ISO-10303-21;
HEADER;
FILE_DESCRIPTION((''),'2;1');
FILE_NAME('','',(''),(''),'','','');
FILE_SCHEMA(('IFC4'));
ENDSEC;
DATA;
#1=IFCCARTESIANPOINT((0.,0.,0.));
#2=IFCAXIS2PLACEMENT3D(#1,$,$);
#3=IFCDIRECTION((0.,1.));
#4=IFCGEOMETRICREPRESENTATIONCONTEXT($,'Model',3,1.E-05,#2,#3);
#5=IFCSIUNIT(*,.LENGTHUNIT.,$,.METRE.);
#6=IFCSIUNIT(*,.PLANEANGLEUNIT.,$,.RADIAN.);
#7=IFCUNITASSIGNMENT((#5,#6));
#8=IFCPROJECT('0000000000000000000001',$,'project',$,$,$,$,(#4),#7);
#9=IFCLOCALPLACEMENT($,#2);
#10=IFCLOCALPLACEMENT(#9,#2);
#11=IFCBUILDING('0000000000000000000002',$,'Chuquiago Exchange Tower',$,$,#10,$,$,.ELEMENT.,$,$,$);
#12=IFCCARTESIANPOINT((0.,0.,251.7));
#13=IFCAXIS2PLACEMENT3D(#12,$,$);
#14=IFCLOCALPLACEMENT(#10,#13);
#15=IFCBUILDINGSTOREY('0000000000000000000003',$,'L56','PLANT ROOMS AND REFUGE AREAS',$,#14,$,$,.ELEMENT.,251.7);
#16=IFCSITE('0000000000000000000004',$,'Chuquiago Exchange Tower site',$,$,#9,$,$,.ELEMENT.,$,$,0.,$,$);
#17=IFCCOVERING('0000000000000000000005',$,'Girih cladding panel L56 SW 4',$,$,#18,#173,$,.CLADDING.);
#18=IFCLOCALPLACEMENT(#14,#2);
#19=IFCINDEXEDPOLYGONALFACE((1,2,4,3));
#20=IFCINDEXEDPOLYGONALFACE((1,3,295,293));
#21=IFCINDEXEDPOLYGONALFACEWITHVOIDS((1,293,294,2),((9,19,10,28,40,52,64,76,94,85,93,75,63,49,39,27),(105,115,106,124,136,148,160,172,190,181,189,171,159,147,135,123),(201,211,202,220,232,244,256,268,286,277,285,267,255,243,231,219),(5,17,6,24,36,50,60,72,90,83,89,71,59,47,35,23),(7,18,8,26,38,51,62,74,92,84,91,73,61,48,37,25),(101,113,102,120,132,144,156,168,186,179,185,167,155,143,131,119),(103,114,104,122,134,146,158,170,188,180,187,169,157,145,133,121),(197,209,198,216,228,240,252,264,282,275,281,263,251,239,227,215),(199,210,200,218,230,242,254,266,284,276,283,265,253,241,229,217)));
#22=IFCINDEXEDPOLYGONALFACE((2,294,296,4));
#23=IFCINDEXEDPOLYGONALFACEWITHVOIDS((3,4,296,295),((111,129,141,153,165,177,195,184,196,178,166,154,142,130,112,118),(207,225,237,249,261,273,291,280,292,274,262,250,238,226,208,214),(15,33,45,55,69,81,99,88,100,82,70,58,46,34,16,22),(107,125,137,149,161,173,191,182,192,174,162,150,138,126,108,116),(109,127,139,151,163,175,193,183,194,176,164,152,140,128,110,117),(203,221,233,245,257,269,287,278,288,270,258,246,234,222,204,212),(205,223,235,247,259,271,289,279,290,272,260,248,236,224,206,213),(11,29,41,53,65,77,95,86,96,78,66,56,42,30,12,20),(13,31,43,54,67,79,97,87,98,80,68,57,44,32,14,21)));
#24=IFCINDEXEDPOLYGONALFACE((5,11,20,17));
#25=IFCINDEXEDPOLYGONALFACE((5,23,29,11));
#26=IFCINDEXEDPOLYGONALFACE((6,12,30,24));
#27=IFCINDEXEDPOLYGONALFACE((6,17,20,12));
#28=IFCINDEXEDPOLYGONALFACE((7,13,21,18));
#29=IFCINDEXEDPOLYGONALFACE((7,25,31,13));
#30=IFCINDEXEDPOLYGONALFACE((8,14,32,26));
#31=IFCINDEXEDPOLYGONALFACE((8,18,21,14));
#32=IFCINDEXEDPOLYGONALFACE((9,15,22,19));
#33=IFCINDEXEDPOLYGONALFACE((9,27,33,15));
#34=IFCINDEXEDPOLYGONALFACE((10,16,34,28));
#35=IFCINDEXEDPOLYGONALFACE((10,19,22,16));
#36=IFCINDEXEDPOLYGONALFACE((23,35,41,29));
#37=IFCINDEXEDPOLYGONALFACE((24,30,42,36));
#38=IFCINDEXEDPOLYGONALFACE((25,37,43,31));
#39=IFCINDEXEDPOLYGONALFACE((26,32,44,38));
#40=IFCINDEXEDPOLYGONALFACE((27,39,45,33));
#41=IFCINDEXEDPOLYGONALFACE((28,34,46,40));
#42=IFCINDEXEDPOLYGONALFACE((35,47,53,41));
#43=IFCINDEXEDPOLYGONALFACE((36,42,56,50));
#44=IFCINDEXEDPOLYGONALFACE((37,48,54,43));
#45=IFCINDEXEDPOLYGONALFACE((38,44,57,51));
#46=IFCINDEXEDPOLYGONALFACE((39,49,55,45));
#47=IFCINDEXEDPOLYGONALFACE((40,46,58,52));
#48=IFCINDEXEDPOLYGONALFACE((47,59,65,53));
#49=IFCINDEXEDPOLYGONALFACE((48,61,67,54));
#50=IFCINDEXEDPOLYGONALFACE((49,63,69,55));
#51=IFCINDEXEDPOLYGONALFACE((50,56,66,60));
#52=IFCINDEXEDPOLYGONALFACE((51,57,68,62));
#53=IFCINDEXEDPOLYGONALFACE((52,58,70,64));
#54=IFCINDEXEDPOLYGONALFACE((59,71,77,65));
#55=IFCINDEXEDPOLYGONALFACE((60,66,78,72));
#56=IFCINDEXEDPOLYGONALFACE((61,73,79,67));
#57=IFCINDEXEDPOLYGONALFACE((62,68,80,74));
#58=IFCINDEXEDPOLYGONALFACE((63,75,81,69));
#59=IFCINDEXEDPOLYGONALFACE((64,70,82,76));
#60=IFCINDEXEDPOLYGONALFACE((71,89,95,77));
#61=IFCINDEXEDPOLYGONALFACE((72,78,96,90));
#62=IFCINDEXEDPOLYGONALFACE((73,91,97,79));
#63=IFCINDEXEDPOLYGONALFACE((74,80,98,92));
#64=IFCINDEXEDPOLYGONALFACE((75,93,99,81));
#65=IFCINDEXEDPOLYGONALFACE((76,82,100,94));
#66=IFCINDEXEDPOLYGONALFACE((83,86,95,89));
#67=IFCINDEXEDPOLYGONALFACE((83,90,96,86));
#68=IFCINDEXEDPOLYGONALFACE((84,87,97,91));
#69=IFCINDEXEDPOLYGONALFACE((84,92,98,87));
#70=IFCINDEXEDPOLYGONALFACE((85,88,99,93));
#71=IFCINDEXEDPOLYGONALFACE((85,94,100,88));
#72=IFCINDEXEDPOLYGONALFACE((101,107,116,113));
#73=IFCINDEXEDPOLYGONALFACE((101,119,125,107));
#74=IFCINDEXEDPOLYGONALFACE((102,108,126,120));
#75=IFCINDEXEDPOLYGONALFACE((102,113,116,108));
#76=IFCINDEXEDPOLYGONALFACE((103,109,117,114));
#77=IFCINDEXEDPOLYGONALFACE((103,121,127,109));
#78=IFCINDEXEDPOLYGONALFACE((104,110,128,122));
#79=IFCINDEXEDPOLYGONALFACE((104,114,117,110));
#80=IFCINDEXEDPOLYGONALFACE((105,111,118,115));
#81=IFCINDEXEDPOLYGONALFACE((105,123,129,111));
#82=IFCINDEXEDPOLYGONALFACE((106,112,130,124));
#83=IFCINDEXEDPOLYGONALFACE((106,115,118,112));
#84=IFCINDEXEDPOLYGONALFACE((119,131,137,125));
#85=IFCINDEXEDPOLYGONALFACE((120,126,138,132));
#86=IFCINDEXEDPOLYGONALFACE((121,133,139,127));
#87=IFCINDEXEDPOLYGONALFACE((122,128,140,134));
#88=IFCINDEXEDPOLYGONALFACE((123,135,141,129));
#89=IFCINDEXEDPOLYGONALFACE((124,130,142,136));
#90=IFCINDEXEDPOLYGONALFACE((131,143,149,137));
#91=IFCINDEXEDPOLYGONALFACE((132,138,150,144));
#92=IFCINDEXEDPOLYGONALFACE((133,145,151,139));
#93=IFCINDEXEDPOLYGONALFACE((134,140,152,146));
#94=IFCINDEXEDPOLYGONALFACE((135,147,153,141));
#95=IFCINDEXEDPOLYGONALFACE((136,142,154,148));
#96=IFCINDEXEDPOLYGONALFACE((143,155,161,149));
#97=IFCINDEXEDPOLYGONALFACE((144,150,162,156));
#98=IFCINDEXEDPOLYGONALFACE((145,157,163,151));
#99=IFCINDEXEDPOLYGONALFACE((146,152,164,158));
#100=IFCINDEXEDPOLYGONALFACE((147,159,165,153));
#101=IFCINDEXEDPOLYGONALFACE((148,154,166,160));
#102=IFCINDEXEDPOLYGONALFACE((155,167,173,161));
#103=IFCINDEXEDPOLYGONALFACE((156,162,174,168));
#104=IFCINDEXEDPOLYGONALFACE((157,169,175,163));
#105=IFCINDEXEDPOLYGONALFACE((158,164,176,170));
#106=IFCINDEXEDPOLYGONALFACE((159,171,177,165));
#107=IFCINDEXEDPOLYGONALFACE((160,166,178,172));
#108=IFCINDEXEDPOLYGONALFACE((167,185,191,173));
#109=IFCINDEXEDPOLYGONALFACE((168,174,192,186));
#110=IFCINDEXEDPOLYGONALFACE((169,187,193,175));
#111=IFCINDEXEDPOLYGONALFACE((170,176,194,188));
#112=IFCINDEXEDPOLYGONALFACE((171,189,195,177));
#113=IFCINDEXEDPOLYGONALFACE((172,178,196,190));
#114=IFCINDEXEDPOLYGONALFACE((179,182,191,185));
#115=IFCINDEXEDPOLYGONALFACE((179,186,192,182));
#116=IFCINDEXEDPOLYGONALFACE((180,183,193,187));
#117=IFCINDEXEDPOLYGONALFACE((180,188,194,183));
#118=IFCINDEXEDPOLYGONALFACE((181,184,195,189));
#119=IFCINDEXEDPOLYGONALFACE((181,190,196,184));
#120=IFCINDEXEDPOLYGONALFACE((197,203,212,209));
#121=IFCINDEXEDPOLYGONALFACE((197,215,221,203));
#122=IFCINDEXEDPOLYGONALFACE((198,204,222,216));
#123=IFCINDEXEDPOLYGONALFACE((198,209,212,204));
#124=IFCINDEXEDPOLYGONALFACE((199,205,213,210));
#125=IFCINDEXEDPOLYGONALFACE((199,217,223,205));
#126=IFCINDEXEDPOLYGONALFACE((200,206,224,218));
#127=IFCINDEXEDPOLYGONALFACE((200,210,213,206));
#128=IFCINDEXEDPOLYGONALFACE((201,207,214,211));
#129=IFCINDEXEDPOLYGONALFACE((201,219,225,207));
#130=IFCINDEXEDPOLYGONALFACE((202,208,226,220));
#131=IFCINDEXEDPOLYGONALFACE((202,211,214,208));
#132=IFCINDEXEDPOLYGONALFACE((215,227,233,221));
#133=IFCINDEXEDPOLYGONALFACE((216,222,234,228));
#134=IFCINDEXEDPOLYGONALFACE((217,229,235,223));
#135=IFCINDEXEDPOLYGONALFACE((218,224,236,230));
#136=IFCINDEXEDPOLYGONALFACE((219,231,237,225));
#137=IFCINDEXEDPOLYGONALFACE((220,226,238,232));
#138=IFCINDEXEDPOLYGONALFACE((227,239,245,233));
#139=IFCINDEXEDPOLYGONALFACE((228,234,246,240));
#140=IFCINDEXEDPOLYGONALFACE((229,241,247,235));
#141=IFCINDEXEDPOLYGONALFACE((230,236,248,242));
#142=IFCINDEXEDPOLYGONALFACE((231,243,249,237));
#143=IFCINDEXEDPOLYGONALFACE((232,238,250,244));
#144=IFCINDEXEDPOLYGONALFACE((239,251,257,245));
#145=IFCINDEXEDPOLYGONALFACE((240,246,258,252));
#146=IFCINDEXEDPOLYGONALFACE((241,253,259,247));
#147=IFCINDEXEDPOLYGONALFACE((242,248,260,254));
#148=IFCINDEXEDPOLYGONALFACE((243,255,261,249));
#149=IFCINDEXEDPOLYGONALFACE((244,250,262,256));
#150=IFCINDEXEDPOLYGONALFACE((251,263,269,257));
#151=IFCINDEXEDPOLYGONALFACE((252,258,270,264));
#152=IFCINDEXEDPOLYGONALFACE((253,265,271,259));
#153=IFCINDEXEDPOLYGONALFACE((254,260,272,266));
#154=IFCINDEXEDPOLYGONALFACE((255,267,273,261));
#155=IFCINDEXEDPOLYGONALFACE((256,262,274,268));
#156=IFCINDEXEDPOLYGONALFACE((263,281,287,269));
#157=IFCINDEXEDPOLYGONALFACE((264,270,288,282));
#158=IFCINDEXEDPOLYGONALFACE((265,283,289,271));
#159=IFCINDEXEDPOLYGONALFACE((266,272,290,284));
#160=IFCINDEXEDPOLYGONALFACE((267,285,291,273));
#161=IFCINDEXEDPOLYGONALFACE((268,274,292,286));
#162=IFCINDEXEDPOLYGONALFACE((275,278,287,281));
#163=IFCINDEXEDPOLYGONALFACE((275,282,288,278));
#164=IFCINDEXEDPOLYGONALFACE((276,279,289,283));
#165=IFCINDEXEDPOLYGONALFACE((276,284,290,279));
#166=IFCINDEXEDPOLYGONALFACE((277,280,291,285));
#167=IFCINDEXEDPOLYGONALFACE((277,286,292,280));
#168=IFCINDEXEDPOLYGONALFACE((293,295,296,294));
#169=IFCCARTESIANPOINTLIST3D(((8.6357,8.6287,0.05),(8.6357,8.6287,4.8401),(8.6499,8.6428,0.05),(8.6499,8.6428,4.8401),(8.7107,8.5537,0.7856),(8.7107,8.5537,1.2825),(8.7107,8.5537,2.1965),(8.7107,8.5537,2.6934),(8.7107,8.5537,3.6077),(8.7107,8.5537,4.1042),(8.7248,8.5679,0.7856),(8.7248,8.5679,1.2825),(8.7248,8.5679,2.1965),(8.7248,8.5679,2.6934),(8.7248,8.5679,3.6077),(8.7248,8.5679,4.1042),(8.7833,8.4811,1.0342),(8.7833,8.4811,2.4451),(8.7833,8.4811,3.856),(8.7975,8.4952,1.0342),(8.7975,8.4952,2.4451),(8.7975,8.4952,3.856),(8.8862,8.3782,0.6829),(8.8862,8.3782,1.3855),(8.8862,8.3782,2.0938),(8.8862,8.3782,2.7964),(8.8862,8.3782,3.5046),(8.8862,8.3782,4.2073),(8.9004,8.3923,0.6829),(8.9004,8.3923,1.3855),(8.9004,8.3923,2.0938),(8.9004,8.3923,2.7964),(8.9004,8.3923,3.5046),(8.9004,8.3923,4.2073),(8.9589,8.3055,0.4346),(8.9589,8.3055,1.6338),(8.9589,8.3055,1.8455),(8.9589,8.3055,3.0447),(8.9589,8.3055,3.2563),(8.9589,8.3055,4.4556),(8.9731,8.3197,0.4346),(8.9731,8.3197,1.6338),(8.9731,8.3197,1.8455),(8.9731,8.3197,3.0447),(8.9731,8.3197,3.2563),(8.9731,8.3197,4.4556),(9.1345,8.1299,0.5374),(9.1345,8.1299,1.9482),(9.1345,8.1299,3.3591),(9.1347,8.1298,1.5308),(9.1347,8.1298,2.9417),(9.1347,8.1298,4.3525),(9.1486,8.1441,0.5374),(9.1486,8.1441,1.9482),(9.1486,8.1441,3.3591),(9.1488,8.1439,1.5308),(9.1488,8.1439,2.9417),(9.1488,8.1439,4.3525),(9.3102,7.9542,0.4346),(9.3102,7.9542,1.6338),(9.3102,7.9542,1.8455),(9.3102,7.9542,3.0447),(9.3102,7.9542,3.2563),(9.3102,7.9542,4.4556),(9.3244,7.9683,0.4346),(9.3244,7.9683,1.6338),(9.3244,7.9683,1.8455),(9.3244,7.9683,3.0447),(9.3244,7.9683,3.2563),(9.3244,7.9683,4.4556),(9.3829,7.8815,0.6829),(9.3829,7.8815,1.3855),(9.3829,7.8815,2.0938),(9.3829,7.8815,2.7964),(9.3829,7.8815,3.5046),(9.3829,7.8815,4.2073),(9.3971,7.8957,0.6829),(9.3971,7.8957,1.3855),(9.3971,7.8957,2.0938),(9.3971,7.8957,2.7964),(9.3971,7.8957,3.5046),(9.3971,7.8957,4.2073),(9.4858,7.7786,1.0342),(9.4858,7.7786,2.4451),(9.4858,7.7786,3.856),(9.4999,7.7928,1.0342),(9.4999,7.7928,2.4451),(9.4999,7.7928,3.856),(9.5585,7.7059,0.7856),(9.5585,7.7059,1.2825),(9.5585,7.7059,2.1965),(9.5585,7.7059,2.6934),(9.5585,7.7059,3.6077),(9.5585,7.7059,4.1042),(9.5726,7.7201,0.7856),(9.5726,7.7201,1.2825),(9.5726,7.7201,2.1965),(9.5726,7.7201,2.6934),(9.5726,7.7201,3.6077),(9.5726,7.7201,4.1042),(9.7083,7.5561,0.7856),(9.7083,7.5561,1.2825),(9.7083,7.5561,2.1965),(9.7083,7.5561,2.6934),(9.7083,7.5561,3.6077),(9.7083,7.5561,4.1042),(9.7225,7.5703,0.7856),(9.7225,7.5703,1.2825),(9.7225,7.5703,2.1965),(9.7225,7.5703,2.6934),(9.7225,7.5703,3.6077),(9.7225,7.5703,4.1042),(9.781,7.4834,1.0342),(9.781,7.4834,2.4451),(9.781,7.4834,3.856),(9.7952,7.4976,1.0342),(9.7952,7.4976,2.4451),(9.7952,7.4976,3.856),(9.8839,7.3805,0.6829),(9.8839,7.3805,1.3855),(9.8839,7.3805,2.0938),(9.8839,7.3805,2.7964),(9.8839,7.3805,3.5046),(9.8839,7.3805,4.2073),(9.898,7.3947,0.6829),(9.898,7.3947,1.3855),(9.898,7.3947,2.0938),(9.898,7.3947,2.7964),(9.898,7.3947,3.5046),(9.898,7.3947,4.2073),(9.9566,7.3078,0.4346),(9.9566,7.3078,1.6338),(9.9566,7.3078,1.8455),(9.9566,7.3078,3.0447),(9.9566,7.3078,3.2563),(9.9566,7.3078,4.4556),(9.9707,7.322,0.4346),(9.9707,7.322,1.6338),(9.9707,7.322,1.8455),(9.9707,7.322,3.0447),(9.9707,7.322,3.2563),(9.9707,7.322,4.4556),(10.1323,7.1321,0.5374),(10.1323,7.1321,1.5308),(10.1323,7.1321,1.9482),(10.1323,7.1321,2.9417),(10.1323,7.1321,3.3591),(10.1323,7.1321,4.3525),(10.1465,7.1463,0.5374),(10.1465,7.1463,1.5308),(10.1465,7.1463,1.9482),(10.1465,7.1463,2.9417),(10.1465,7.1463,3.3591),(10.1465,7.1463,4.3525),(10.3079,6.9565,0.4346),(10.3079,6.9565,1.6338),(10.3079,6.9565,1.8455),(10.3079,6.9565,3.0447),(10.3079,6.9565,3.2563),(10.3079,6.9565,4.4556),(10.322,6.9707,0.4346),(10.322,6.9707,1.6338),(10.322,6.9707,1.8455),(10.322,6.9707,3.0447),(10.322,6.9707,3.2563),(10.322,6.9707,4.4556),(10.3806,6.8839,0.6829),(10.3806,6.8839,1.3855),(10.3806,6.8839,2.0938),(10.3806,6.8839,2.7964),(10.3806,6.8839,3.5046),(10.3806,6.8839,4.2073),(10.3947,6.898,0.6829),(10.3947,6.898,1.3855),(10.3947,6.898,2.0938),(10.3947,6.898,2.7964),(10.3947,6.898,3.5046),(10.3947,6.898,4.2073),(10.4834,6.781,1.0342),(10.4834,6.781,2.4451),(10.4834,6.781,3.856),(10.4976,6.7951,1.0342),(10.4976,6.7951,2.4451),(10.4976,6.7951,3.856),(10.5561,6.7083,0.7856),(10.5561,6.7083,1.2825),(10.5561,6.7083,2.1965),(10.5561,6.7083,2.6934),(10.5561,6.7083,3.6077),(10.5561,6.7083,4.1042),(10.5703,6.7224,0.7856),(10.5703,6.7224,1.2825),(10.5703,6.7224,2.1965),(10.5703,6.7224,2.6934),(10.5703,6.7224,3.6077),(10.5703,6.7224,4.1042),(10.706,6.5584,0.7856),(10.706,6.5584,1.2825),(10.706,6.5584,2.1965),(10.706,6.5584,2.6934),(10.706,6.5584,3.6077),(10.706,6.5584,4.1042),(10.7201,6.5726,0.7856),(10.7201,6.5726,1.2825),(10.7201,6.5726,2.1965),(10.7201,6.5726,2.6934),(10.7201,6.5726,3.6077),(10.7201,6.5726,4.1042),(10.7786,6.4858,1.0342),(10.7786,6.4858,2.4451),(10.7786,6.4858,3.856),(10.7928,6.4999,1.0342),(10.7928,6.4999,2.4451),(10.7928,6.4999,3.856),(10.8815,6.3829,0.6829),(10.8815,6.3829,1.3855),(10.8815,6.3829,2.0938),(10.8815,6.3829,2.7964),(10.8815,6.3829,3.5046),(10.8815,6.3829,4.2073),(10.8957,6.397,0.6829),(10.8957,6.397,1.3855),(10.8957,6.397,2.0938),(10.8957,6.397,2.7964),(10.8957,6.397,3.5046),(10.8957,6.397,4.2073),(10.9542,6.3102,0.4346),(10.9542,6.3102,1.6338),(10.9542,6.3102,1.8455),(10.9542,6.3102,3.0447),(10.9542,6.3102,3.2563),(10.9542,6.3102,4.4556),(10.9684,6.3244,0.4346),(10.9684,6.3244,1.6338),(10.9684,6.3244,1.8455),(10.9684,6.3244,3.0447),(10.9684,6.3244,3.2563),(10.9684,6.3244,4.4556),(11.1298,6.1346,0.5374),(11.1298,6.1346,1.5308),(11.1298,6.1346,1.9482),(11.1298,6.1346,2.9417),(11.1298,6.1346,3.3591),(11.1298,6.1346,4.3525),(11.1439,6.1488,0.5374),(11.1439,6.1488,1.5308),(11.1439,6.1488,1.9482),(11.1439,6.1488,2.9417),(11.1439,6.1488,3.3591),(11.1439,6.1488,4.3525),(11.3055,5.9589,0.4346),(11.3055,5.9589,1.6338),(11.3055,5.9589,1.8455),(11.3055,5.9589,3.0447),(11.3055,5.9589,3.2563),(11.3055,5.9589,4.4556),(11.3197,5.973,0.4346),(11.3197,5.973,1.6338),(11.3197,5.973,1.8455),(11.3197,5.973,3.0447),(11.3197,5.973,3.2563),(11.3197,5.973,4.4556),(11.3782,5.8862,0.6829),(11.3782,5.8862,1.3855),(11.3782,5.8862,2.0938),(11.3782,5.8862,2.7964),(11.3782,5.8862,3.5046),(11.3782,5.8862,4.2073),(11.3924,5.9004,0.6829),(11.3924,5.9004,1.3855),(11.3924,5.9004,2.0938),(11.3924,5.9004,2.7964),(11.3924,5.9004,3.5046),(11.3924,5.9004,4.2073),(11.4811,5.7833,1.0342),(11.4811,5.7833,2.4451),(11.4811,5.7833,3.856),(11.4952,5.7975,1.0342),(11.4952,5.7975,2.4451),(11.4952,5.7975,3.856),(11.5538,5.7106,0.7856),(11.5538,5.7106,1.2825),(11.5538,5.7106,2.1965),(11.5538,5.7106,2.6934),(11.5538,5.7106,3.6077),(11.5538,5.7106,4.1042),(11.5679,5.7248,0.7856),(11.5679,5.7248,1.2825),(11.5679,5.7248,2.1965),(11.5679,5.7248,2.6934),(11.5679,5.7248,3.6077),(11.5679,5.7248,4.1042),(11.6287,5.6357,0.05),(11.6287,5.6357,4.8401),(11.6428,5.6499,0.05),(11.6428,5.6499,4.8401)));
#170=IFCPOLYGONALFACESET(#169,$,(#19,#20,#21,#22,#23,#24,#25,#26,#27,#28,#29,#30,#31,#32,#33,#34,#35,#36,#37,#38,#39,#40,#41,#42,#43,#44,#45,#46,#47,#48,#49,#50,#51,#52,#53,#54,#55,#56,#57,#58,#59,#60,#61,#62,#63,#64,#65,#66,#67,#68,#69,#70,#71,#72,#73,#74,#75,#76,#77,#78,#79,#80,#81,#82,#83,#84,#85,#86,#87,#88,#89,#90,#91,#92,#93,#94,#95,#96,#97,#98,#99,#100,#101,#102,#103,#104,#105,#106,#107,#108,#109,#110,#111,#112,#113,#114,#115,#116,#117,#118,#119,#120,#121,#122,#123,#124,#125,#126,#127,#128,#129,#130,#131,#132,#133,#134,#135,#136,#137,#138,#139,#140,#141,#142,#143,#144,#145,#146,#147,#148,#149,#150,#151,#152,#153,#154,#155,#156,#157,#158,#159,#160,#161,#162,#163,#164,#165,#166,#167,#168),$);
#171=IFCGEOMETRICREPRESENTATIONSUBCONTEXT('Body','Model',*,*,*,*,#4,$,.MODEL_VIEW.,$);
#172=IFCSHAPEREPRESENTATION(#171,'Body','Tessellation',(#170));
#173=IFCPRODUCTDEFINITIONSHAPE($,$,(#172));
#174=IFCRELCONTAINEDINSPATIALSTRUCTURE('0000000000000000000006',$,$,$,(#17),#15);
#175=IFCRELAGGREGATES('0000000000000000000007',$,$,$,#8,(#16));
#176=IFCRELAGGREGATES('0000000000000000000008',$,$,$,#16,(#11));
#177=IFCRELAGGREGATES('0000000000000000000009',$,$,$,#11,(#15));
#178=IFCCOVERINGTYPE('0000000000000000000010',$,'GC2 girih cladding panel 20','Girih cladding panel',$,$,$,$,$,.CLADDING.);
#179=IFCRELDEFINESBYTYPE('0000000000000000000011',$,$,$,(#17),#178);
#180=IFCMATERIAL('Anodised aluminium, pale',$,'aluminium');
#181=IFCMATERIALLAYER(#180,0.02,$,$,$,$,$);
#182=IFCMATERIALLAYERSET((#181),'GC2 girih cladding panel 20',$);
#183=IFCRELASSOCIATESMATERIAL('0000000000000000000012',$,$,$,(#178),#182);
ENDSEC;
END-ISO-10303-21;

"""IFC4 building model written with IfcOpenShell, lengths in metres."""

from ifc_helpers import new_model, si_unit, direction, frame, origin, place, context, subcontext, project, spatial, polyline, outline, extrude, material, layer, layer_set, type_object, element, save


model = new_model("IFC4")

# Units and contexts
model_context = context("Model", 3, precision=1e-05, world=origin(), true_north=direction((0.0, 1.0)))
body_context = subcontext(model_context, "Body", "Model", "MODEL_VIEW")
ifc_project = project(units=[si_unit("LENGTHUNIT", "METRE"), si_unit("PLANEANGLEUNIT", "RADIAN")], contexts=[model_context])

# Site, building, storey
site_placement = place(None, origin())
site = spatial("IfcSite", under=ifc_project, at=site_placement, Name="Chuquiago Exchange Tower site", CompositionType="ELEMENT", RefElevation=0.0)
building_placement = place(site_placement, origin())
building = spatial("IfcBuilding", under=site, at=building_placement, Name="Chuquiago Exchange Tower", CompositionType="ELEMENT")
storey_placement = place(building_placement, frame((0.0, 0.0, 251.7)))
storey = spatial("IfcBuildingStorey", under=building, at=storey_placement, Name="L56", Description="PLANT ROOMS AND REFUGE AREAS", CompositionType="ELEMENT", Elevation=251.7)

# Covering
ifc_material_1 = material(Name="Anodised aluminium, pale", Category="aluminium")
ifc_layer_1 = layer(ifc_material_1, 0.02)
ifc_layer_set_1 = layer_set([ifc_layer_1], Name="GC2 girih cladding panel 20")
covering_type = type_object("IfcCoveringType", Name="GC2 girih cladding panel 20", Description="Girih cladding panel", PredefinedType="CLADDING", material=ifc_layer_set_1)
covering_1_placement = place(storey_placement, frame((8.6499, 8.6428, 0.05), z_axis=(0.0, 0.0, 1.0), x_axis=(0.707107, -0.707107, 0.0)))
element("IfcCovering", 1, at=covering_1_placement, inside=storey, type_object=covering_type, Name="Girih cladding panel L56 SW 4", PredefinedType="CLADDING", context=body_context, shape_type="SweptSolid", body=[
    extrude(outline(polyline([(0.0, 0.0), (4.2327, 0.0), (4.2327, 4.79), (0.0, 4.79), (0.0, 0.0)]), holes=[polyline([(1.2021, 0.9841), (1.3049, 1.2324), (1.0566, 1.3354), (0.9539, 1.5837), (0.7056, 1.4807), (0.457, 1.5837), (0.3542, 1.3354), (0.106, 1.2324), (0.2087, 0.9841), (0.106, 0.7356), (0.3542, 0.6328), (0.457, 0.3845), (0.7053, 0.4873), (0.9539, 0.3845), (1.0566, 0.6328), (1.3049, 0.7356), (1.2021, 0.9841)]), polyline([(2.613, 0.9841), (2.7158, 1.2324), (2.4675, 1.3354), (2.3647, 1.5837), (2.1165, 1.4807), (1.8679, 1.5837), (1.7651, 1.3354), (1.5168, 1.2324), (1.6196, 0.9841), (1.5168, 0.7356), (1.7651, 0.6328), (1.8679, 0.3845), (2.1165, 0.4873), (2.3647, 0.3845), (2.4675, 0.6328), (2.7158, 0.7356), (2.613, 0.9841)]), polyline([(4.0239, 0.9841), (4.1267, 1.2324), (3.8784, 1.3354), (3.7756, 1.5837), (3.5271, 1.4807), (3.2788, 1.5837), (3.176, 1.3354), (2.9277, 1.2324), (3.0305, 0.9841), (2.9277, 0.7356), (3.176, 0.6328), (3.2788, 0.3845), (3.5271, 0.4873), (3.7756, 0.3845), (3.8784, 0.6328), (4.1267, 0.7356), (4.0239, 0.9841)]), polyline([(1.2021, 2.395), (1.3049, 2.6433), (1.0566, 2.7463), (0.9539, 2.9946), (0.7056, 2.8916), (0.457, 2.9946), (0.3542, 2.7463), (0.106, 2.6433), (0.2087, 2.395), (0.106, 2.1465), (0.3542, 2.0437), (0.457, 1.7954), (0.7053, 1.8982), (0.9539, 1.7954), (1.0566, 2.0437), (1.3049, 2.1465), (1.2021, 2.395)]), polyline([(2.613, 2.395), (2.7158, 2.6433), (2.4675, 2.7463), (2.3647, 2.9946), (2.1165, 2.8916), (1.8679, 2.9946), (1.7651, 2.7463), (1.5168, 2.6433), (1.6196, 2.395), (1.5168, 2.1465), (1.7651, 2.0437), (1.8679, 1.7954), (2.1165, 1.8982), (2.3647, 1.7954), (2.4675, 2.0437), (2.7158, 2.1465), (2.613, 2.395)]), polyline([(4.0239, 2.395), (4.1267, 2.6433), (3.8784, 2.7463), (3.7756, 2.9946), (3.5271, 2.8916), (3.2788, 2.9946), (3.176, 2.7463), (2.9277, 2.6433), (3.0305, 2.395), (2.9277, 2.1465), (3.176, 2.0437), (3.2788, 1.7954), (3.5271, 1.8982), (3.7756, 1.7954), (3.8784, 2.0437), (4.1267, 2.1465), (4.0239, 2.395)]), polyline([(1.2021, 3.8059), (1.3049, 4.0542), (1.0566, 4.1572), (0.9539, 4.4055), (0.7056, 4.3025), (0.457, 4.4055), (0.3542, 4.1572), (0.106, 4.0542), (0.2087, 3.8059), (0.106, 3.5576), (0.3542, 3.4546), (0.457, 3.2063), (0.7053, 3.3091), (0.9539, 3.2063), (1.0566, 3.4546), (1.3049, 3.5576), (1.2021, 3.8059)]), polyline([(2.613, 3.8059), (2.7158, 4.0542), (2.4675, 4.1572), (2.3647, 4.4055), (2.1165, 4.3025), (1.8679, 4.4055), (1.7651, 4.1572), (1.5168, 4.0542), (1.6196, 3.8059), (1.5168, 3.5576), (1.7651, 3.4546), (1.8679, 3.2063), (2.1165, 3.3091), (2.3647, 3.2063), (2.4675, 3.4546), (2.7158, 3.5576), (2.613, 3.8059)]), polyline([(4.0239, 3.8059), (4.1267, 4.0542), (3.8784, 4.1572), (3.7756, 4.4055), (3.5271, 4.3025), (3.2788, 4.4055), (3.176, 4.1572), (2.9277, 4.0542), (3.0305, 3.8059), (2.9277, 3.5576), (3.176, 3.4546), (3.2788, 3.2063), (3.5271, 3.3091), (3.7756, 3.2063), (3.8784, 3.4546), (4.1267, 3.5576), (4.0239, 3.8059)])]), frame((0.0, 0.0, 0.0), z_axis=(0.0, -1.0, 0.0), x_axis=(1.0, 0.0, 0.0)), (0.0, 0.0, 1.0), 0.02),
])

save(model, "model.ifc")
